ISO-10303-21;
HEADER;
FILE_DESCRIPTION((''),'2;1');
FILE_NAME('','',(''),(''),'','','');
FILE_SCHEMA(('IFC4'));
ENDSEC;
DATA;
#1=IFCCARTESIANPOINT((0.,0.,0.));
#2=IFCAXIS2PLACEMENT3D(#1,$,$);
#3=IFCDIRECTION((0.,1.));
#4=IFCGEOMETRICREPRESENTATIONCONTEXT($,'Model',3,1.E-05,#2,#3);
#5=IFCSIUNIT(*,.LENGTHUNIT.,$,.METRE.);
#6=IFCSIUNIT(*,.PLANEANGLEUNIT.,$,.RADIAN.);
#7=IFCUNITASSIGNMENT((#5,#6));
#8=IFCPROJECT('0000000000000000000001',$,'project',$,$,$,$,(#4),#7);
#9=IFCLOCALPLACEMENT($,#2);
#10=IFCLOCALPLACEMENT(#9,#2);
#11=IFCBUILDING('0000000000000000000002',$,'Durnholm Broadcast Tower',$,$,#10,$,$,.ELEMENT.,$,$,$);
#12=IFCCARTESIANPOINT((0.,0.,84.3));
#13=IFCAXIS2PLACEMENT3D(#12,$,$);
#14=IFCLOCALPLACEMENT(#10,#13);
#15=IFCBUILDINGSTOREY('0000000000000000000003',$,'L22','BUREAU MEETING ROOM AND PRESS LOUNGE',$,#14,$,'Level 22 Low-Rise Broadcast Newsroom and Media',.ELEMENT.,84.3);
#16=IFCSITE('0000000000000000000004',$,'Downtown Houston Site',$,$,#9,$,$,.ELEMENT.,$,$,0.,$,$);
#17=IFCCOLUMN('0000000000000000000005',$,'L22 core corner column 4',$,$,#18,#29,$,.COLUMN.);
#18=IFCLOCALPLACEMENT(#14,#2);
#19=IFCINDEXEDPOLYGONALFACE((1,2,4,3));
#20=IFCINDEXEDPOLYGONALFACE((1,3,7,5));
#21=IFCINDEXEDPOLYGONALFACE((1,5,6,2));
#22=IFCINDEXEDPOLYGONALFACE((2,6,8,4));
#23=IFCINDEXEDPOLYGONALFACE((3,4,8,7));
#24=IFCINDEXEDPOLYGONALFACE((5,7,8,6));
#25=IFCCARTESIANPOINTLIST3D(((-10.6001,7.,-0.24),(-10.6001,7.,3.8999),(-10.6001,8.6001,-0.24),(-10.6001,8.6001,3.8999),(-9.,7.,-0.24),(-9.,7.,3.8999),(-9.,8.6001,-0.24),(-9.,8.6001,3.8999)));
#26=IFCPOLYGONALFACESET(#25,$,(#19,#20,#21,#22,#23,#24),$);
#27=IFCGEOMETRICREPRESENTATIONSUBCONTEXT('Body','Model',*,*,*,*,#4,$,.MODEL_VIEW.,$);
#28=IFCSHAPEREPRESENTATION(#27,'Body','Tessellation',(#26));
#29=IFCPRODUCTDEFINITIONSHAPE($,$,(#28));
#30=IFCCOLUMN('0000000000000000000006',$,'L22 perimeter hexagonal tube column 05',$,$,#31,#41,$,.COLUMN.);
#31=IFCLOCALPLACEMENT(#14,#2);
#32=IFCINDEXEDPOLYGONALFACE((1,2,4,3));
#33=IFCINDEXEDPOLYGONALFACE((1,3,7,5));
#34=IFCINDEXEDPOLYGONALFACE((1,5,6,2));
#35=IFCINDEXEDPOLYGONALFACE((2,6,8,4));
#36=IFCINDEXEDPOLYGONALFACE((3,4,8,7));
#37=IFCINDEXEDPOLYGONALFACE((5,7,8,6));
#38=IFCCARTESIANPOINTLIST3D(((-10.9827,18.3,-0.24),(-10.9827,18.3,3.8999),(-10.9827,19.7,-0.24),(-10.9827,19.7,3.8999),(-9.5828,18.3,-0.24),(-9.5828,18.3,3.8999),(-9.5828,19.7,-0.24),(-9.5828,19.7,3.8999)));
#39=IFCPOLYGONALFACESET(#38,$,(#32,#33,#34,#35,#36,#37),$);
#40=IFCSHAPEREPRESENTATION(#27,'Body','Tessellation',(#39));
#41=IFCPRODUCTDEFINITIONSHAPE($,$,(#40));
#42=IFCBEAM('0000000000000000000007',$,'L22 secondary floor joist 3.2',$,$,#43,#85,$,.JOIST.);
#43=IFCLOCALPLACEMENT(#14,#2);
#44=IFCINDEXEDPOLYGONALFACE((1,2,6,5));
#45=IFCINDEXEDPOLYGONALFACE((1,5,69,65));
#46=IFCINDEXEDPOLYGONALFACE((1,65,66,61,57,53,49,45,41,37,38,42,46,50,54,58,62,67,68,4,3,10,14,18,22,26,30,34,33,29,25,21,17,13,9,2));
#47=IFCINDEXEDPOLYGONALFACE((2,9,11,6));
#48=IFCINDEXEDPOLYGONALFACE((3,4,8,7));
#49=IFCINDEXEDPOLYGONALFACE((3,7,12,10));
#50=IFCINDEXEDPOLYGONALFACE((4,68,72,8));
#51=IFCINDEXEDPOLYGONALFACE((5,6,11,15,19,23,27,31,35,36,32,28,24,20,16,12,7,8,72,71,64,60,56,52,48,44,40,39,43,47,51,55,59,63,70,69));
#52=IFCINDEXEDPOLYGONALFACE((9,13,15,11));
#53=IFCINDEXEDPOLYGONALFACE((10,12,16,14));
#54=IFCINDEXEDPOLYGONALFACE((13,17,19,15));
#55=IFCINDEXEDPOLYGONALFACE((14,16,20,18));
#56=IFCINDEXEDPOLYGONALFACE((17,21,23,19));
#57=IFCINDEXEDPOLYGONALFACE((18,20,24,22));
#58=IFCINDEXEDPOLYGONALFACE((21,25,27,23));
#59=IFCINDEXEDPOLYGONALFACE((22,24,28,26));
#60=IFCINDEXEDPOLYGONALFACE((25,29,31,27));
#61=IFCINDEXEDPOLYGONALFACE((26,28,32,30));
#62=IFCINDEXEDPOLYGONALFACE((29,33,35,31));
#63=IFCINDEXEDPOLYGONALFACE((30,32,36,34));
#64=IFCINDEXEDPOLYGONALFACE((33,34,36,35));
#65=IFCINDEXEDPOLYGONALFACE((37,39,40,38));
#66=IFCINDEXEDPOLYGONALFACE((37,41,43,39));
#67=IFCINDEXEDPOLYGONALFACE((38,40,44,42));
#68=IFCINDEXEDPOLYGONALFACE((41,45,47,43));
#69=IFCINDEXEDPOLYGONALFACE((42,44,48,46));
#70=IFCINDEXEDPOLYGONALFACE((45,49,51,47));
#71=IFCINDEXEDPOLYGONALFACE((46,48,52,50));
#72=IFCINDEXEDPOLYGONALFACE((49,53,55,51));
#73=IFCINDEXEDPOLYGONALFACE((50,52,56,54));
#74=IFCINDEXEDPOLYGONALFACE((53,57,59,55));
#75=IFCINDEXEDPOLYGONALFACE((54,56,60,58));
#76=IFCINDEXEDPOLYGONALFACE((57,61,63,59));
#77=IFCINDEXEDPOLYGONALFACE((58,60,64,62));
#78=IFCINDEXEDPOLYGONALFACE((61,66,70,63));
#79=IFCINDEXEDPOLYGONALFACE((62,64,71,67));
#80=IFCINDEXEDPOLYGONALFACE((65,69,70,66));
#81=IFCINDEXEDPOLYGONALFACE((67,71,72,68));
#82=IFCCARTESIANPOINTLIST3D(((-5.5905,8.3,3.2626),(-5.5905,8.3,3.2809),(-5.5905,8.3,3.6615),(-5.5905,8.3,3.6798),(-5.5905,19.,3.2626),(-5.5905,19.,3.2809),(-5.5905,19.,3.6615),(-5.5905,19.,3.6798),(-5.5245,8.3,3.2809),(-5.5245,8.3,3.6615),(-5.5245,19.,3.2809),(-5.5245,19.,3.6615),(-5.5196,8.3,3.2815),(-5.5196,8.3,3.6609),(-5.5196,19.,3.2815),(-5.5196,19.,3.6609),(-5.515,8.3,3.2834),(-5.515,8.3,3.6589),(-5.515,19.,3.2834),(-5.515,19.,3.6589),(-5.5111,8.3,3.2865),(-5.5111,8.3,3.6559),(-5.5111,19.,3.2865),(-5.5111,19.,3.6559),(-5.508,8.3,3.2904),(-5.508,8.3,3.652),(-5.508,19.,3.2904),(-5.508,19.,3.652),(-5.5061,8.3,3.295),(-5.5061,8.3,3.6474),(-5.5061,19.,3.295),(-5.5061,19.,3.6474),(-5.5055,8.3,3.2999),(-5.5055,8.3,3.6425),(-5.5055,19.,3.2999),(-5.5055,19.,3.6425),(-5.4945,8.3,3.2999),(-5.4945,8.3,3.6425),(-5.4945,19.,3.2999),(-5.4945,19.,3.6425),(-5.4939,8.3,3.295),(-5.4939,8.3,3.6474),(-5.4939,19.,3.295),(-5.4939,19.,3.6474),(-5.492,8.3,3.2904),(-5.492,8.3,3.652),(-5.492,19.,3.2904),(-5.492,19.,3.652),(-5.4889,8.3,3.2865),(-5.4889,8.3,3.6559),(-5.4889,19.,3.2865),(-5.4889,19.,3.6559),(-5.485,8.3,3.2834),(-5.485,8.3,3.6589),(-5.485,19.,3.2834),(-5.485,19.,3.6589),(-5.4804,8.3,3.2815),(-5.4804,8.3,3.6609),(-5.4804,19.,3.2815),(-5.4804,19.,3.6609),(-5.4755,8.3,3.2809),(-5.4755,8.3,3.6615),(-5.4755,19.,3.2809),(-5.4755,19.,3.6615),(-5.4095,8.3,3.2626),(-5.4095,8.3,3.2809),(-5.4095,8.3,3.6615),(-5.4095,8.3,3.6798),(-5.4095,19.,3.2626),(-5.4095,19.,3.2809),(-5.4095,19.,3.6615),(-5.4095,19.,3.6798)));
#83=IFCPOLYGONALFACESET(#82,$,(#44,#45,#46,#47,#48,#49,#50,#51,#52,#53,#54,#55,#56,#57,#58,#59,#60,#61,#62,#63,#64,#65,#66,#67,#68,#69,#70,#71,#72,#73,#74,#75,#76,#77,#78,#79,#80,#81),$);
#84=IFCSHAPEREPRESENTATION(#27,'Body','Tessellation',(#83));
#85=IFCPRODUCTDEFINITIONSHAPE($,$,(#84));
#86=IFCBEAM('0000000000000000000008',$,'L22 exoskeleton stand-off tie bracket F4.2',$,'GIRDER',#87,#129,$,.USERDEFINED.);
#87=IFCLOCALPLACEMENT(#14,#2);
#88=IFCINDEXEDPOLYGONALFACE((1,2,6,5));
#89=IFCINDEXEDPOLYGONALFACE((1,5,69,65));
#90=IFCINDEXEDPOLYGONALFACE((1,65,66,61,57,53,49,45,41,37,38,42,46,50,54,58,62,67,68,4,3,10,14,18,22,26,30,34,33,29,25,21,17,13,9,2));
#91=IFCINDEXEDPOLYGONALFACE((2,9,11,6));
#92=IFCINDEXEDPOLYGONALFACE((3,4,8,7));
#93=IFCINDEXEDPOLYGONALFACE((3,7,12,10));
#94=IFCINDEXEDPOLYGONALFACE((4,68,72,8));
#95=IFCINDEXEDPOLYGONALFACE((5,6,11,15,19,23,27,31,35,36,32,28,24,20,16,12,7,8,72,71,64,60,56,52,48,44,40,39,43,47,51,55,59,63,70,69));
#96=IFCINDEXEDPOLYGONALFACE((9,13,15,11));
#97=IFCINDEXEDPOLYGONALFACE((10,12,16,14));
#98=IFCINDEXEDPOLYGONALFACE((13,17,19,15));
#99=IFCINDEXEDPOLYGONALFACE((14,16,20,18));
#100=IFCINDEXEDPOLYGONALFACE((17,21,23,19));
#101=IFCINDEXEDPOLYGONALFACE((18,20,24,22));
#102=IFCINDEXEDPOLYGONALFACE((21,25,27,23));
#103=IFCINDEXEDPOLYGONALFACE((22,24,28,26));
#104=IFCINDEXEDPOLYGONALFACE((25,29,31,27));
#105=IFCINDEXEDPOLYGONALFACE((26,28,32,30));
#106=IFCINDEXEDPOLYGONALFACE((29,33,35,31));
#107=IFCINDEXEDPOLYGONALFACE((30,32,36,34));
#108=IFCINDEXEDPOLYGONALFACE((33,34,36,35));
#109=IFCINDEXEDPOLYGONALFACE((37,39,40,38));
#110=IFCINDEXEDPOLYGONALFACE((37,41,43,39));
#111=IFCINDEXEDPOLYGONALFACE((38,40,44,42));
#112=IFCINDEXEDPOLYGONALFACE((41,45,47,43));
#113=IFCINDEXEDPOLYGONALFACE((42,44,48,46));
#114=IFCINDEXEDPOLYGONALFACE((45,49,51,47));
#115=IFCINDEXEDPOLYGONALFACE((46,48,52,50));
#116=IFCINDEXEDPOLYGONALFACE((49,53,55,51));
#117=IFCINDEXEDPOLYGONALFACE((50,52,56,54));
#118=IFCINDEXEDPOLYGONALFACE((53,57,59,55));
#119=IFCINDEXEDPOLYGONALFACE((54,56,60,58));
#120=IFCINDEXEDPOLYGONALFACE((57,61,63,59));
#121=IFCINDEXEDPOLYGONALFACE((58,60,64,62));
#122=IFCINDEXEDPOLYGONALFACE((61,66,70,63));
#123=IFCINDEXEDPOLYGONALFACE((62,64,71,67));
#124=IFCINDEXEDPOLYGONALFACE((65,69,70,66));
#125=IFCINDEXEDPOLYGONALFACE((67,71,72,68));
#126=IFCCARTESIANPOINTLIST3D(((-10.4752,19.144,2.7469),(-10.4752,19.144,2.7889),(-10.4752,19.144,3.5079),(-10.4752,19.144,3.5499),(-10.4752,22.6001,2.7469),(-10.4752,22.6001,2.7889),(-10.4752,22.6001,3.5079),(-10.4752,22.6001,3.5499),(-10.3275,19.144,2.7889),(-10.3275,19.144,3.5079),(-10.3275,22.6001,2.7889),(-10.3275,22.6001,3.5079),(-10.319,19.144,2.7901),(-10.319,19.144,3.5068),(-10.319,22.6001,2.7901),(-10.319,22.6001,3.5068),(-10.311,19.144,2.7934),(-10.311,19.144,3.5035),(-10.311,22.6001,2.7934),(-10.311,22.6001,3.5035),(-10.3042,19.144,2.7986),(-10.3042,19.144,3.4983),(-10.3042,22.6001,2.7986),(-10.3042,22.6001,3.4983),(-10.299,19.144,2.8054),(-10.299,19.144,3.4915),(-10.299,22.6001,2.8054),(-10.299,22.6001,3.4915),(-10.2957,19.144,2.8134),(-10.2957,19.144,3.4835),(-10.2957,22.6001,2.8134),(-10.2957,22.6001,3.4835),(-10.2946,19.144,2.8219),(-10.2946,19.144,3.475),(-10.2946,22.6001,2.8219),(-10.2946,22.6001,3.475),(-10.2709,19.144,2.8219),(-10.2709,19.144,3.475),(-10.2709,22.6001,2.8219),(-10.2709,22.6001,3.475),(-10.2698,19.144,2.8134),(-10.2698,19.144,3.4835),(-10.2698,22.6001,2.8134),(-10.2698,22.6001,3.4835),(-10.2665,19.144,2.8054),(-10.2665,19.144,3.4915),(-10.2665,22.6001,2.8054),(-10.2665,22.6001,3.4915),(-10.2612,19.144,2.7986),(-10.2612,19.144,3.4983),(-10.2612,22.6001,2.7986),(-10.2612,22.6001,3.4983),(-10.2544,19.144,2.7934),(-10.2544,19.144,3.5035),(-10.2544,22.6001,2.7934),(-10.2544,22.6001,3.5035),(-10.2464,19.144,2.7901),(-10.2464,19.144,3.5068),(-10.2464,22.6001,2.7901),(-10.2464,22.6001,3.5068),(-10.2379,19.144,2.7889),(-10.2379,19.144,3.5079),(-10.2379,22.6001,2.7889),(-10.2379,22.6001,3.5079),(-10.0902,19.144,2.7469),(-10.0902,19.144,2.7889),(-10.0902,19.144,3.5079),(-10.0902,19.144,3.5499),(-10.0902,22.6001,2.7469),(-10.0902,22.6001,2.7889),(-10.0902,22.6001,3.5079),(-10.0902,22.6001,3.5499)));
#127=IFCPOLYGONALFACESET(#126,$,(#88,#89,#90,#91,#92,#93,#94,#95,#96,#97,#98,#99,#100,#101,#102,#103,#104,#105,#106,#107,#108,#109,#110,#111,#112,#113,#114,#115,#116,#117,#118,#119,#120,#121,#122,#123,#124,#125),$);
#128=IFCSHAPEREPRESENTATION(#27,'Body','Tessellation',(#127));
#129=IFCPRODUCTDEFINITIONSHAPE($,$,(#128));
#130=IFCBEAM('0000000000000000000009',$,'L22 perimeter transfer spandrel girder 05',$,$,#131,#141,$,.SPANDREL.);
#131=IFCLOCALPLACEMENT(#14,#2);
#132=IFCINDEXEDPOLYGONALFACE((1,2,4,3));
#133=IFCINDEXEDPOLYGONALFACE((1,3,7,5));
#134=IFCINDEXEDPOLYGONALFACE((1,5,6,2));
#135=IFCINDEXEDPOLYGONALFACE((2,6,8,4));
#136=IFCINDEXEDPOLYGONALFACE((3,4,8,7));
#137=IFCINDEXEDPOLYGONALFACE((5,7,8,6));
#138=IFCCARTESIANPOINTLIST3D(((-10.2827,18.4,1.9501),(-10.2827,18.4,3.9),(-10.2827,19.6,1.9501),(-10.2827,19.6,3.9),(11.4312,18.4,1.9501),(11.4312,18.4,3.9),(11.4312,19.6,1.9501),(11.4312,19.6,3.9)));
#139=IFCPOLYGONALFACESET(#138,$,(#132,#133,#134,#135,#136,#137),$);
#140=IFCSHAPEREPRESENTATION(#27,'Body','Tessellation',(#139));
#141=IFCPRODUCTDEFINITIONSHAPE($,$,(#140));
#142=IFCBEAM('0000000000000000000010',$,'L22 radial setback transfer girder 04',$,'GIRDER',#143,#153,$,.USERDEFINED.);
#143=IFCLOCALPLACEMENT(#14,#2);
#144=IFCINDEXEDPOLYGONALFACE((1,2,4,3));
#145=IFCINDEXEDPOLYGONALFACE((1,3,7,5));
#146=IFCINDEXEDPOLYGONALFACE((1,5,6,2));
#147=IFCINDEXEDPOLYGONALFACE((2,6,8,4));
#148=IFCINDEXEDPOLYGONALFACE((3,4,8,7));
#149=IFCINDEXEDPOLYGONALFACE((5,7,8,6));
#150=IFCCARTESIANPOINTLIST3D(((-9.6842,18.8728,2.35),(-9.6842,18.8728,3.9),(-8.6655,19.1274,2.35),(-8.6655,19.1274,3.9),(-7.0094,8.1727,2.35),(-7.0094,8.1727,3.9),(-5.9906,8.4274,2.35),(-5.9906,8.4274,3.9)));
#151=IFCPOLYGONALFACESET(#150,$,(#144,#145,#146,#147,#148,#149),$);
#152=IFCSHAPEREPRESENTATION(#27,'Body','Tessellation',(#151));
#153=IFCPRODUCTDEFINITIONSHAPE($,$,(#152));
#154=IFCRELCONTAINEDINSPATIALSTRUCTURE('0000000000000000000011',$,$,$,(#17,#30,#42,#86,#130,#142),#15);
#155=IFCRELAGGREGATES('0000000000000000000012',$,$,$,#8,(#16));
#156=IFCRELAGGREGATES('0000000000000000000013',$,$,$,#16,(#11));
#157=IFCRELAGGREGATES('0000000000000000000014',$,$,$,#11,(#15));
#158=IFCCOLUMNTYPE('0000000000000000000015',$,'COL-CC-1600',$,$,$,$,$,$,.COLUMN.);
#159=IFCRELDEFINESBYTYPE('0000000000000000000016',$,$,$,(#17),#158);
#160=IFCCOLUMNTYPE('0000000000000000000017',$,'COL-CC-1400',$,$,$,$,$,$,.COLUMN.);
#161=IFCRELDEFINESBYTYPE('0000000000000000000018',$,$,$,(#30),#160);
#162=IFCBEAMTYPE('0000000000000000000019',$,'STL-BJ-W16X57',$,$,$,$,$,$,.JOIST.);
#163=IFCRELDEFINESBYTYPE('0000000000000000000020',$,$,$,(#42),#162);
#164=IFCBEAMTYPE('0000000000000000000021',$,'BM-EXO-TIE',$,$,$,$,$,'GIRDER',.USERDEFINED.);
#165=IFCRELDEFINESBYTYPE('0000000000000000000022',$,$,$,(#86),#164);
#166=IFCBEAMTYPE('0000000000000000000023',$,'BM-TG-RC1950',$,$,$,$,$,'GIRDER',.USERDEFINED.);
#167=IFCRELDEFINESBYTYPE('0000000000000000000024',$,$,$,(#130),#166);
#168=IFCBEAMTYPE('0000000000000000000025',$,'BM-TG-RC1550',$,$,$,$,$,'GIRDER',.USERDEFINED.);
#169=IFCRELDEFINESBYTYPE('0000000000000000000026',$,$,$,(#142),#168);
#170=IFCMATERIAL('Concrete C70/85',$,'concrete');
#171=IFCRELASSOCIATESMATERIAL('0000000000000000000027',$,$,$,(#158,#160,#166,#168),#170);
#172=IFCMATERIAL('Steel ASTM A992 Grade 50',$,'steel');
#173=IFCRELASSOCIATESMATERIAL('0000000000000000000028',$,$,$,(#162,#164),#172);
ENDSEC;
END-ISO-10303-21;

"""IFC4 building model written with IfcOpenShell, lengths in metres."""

from ifc_helpers import new_model, si_unit, direction, frame, origin, origin_2d, place, context, subcontext, project, spatial, rectangle, i_section, extrude, source, transform, mapped, material, material_profile, profile_set, type_object, type_shapes, element, save


model = new_model("IFC4")

# Units and contexts
model_context = context("Model", 3, precision=1e-05, world=origin(), true_north=direction((0.0, 1.0)))
body_context = subcontext(model_context, "Body", "Model", "MODEL_VIEW")
ifc_project = project(units=[si_unit("LENGTHUNIT", "METRE"), si_unit("PLANEANGLEUNIT", "RADIAN")], contexts=[model_context])

# Site, building, storey
site_placement = place(None, origin())
site = spatial("IfcSite", under=ifc_project, at=site_placement, Name="Downtown Houston Site", CompositionType="ELEMENT", RefElevation=0.0)
building_placement = place(site_placement, origin())
building = spatial("IfcBuilding", under=site, at=building_placement, Name="Durnholm Broadcast Tower", CompositionType="ELEMENT")
storey_placement = place(building_placement, frame((0.0, 0.0, 84.3)))
storey = spatial("IfcBuildingStorey", under=building, at=storey_placement, Name="L22", Description="BUREAU MEETING ROOM AND PRESS LOUNGE", LongName="Level 22 Low-Rise Broadcast Newsroom and Media", CompositionType="ELEMENT", Elevation=84.3)

# Columns
ifc_material_1 = material(Name="Concrete C70/85", Category="concrete")
ifc_material_profile_1 = material_profile(ifc_material_1, rectangle(XDim=1.6001, YDim=1.6001, at=origin_2d()), Name="RC1600X1600")
ifc_profile_set_1 = profile_set([ifc_material_profile_1], Name="Concrete C70/85")
column_type_1 = type_object("IfcColumnType", Name="COL-CC-1600", PredefinedType="COLUMN", material=ifc_profile_set_1)
shared_shape_1 = source(origin(), body_context, "Body", "SweptSolid", [
    extrude(rectangle(XDim=1.6001, YDim=1.6001, at=origin_2d()), origin(), (0.0, 0.0, 1.0), 4.1399),
])
type_shapes(column_type_1, [shared_shape_1])
column_1_placement = place(storey_placement, frame((-9.8, 7.8, -0.24), z_axis=(0.0, 0.0, 1.0), x_axis=(1.0, 0.0, 0.0)))
element("IfcColumn", 1, at=column_1_placement, inside=storey, type_object=column_type_1, Name="L22 core corner column 4", PredefinedType="COLUMN", context=body_context, shape_type="MappedRepresentation", body=[
    mapped(shared_shape_1, transform((0.0, 0.0, 0.0), x_axis=(1.0, 0.0, 0.0), y_axis=(0.0, 1.0, 0.0), z_axis=(0.0, 0.0, 1.0), scale=1.0)),
])
ifc_material_profile_2 = material_profile(ifc_material_1, rectangle(XDim=1.3999, YDim=1.3999, at=origin_2d()), Name="RC1400X1400")
ifc_profile_set_2 = profile_set([ifc_material_profile_2], Name="Concrete C70/85")
column_type_2 = type_object("IfcColumnType", Name="COL-CC-1400", PredefinedType="COLUMN", material=ifc_profile_set_2)
shared_shape_2 = source(origin(), body_context, "Body", "SweptSolid", [
    extrude(rectangle(XDim=1.3999, YDim=1.3999, at=origin_2d()), origin(), (0.0, 0.0, 1.0), 4.1399),
])
type_shapes(column_type_2, [shared_shape_2])
column_2_placement = place(storey_placement, frame((-10.2827, 19.0, -0.24), z_axis=(0.0, 0.0, 1.0), x_axis=(1.0, 0.0, 0.0)))
element("IfcColumn", 2, at=column_2_placement, inside=storey, type_object=column_type_2, Name="L22 perimeter hexagonal tube column 05", PredefinedType="COLUMN", context=body_context, shape_type="MappedRepresentation", body=[
    mapped(shared_shape_2, transform((0.0, 0.0, 0.0), x_axis=(1.0, 0.0, 0.0), y_axis=(0.0, 1.0, 0.0), z_axis=(0.0, 0.0, 1.0), scale=1.0)),
])

# Beams
ifc_material_2 = material(Name="Steel ASTM A992 Grade 50", Category="steel")
ifc_material_profile_3 = material_profile(ifc_material_2, i_section(OverallWidth=0.1809, OverallDepth=0.4172, WebThickness=0.011, FlangeThickness=0.0183, FilletRadius=0.019, at=origin_2d()), Name="W16X57")
ifc_profile_set_3 = profile_set([ifc_material_profile_3], Name="Steel ASTM A992 Grade 50")
beam_type_1 = type_object("IfcBeamType", Name="STL-BJ-W16X57", PredefinedType="JOIST", material=ifc_profile_set_3)
shared_shape_3 = source(origin(), body_context, "Body", "SweptSolid", [
    extrude(i_section(OverallWidth=0.1809, OverallDepth=0.4172, WebThickness=0.011, FlangeThickness=0.0183, FilletRadius=0.019, at=origin_2d()), origin(), (0.0, 0.0, 1.0), 10.7),
])
type_shapes(beam_type_1, [shared_shape_3])
beam_1_placement = place(storey_placement, frame((-5.5, 8.3, 3.4712), z_axis=(0.0, 1.0, 0.0), x_axis=(-1.0, 0.0, 0.0)))
element("IfcBeam", 3, at=beam_1_placement, inside=storey, type_object=beam_type_1, Name="L22 secondary floor joist 3.2", PredefinedType="JOIST", context=body_context, shape_type="MappedRepresentation", body=[
    mapped(shared_shape_3, transform((0.0, 0.0, 0.0), x_axis=(1.0, 0.0, 0.0), y_axis=(0.0, 1.0, 0.0), z_axis=(0.0, 0.0, 1.0), scale=1.0)),
])
ifc_material_profile_4 = material_profile(ifc_material_2, i_section(OverallWidth=0.385, OverallDepth=0.803, WebThickness=0.0237, FlangeThickness=0.042, FilletRadius=0.033, at=origin_2d()), Name="W30X261")
ifc_profile_set_4 = profile_set([ifc_material_profile_4], Name="Steel ASTM A992 Grade 50")
beam_type_2 = type_object("IfcBeamType", Name="BM-EXO-TIE", ElementType="GIRDER", PredefinedType="USERDEFINED", material=ifc_profile_set_4)
shared_shape_4 = source(origin(), body_context, "Body", "SweptSolid", [
    extrude(i_section(OverallWidth=0.385, OverallDepth=0.803, WebThickness=0.0237, FlangeThickness=0.042, FilletRadius=0.033, at=origin_2d()), origin(), (0.0, 0.0, 1.0), 3.4561),
])
type_shapes(beam_type_2, [shared_shape_4])
beam_2_placement = place(storey_placement, frame((-10.2827, 19.144, 3.1484), z_axis=(0.0, 1.0, 0.0), x_axis=(-1.0, 0.0, 0.0)))
element("IfcBeam", 4, at=beam_2_placement, inside=storey, type_object=beam_type_2, Name="L22 exoskeleton stand-off tie bracket F4.2", ObjectType="GIRDER", PredefinedType="USERDEFINED", context=body_context, shape_type="MappedRepresentation", body=[
    mapped(shared_shape_4, transform((0.0, 0.0, 0.0), x_axis=(1.0, 0.0, 0.0), y_axis=(0.0, 1.0, 0.0), z_axis=(0.0, 0.0, 1.0), scale=1.0)),
])
ifc_material_profile_5 = material_profile(ifc_material_1, rectangle(XDim=1.2, YDim=1.95, at=origin_2d()), Name="RC1200X1950")
ifc_profile_set_5 = profile_set([ifc_material_profile_5], Name="Concrete C70/85")
beam_type_3 = type_object("IfcBeamType", Name="BM-TG-RC1950", ElementType="GIRDER", PredefinedType="USERDEFINED", material=ifc_profile_set_5)
shared_shape_5 = source(origin(), body_context, "Body", "SweptSolid", [
    extrude(rectangle(XDim=1.2, YDim=1.95, at=origin_2d()), origin(), (0.0, 0.0, 1.0), 21.7139),
])
type_shapes(beam_type_3, [shared_shape_5])
beam_3_placement = place(storey_placement, frame((-10.2827, 19.0, 2.925), z_axis=(1.0, 0.0, 0.0), x_axis=(0.0, 1.0, 0.0)))
element("IfcBeam", 5, at=beam_3_placement, inside=storey, type_object=beam_type_3, Name="L22 perimeter transfer spandrel girder 05", PredefinedType="SPANDREL", context=body_context, shape_type="MappedRepresentation", body=[
    mapped(shared_shape_5, transform((0.0, 0.0, 0.0), x_axis=(1.0, 0.0, 0.0), y_axis=(0.0, 1.0, 0.0), z_axis=(0.0, 0.0, 1.0), scale=1.0)),
])
ifc_material_profile_6 = material_profile(ifc_material_1, rectangle(XDim=1.05, YDim=1.55, at=origin_2d()), Name="RC1050X1550")
ifc_profile_set_6 = profile_set([ifc_material_profile_6], Name="Concrete C70/85")
beam_type_4 = type_object("IfcBeamType", Name="BM-TG-RC1550", ElementType="GIRDER", PredefinedType="USERDEFINED", material=ifc_profile_set_6)
shared_shape_6 = source(origin(), body_context, "Body", "SweptSolid", [
    extrude(rectangle(XDim=1.05, YDim=1.55, at=origin_2d()), origin(), (0.0, 0.0, 1.0), 11.0293),
])
type_shapes(beam_type_4, [shared_shape_6])
beam_4_placement = place(storey_placement, frame((-6.5, 8.3, 3.125), z_axis=(-0.24252, 0.970146, 0.0), x_axis=(-0.970146, -0.24252, 0.0)))
element("IfcBeam", 6, at=beam_4_placement, inside=storey, type_object=beam_type_4, Name="L22 radial setback transfer girder 04", ObjectType="GIRDER", PredefinedType="USERDEFINED", context=body_context, shape_type="MappedRepresentation", body=[
    mapped(shared_shape_6, transform((0.0, 0.0, 0.0), x_axis=(1.0, 0.0, 0.0), y_axis=(0.0, 1.0, 0.0), z_axis=(0.0, 0.0, 1.0), scale=1.0)),
])

save(model, "model.ifc")
